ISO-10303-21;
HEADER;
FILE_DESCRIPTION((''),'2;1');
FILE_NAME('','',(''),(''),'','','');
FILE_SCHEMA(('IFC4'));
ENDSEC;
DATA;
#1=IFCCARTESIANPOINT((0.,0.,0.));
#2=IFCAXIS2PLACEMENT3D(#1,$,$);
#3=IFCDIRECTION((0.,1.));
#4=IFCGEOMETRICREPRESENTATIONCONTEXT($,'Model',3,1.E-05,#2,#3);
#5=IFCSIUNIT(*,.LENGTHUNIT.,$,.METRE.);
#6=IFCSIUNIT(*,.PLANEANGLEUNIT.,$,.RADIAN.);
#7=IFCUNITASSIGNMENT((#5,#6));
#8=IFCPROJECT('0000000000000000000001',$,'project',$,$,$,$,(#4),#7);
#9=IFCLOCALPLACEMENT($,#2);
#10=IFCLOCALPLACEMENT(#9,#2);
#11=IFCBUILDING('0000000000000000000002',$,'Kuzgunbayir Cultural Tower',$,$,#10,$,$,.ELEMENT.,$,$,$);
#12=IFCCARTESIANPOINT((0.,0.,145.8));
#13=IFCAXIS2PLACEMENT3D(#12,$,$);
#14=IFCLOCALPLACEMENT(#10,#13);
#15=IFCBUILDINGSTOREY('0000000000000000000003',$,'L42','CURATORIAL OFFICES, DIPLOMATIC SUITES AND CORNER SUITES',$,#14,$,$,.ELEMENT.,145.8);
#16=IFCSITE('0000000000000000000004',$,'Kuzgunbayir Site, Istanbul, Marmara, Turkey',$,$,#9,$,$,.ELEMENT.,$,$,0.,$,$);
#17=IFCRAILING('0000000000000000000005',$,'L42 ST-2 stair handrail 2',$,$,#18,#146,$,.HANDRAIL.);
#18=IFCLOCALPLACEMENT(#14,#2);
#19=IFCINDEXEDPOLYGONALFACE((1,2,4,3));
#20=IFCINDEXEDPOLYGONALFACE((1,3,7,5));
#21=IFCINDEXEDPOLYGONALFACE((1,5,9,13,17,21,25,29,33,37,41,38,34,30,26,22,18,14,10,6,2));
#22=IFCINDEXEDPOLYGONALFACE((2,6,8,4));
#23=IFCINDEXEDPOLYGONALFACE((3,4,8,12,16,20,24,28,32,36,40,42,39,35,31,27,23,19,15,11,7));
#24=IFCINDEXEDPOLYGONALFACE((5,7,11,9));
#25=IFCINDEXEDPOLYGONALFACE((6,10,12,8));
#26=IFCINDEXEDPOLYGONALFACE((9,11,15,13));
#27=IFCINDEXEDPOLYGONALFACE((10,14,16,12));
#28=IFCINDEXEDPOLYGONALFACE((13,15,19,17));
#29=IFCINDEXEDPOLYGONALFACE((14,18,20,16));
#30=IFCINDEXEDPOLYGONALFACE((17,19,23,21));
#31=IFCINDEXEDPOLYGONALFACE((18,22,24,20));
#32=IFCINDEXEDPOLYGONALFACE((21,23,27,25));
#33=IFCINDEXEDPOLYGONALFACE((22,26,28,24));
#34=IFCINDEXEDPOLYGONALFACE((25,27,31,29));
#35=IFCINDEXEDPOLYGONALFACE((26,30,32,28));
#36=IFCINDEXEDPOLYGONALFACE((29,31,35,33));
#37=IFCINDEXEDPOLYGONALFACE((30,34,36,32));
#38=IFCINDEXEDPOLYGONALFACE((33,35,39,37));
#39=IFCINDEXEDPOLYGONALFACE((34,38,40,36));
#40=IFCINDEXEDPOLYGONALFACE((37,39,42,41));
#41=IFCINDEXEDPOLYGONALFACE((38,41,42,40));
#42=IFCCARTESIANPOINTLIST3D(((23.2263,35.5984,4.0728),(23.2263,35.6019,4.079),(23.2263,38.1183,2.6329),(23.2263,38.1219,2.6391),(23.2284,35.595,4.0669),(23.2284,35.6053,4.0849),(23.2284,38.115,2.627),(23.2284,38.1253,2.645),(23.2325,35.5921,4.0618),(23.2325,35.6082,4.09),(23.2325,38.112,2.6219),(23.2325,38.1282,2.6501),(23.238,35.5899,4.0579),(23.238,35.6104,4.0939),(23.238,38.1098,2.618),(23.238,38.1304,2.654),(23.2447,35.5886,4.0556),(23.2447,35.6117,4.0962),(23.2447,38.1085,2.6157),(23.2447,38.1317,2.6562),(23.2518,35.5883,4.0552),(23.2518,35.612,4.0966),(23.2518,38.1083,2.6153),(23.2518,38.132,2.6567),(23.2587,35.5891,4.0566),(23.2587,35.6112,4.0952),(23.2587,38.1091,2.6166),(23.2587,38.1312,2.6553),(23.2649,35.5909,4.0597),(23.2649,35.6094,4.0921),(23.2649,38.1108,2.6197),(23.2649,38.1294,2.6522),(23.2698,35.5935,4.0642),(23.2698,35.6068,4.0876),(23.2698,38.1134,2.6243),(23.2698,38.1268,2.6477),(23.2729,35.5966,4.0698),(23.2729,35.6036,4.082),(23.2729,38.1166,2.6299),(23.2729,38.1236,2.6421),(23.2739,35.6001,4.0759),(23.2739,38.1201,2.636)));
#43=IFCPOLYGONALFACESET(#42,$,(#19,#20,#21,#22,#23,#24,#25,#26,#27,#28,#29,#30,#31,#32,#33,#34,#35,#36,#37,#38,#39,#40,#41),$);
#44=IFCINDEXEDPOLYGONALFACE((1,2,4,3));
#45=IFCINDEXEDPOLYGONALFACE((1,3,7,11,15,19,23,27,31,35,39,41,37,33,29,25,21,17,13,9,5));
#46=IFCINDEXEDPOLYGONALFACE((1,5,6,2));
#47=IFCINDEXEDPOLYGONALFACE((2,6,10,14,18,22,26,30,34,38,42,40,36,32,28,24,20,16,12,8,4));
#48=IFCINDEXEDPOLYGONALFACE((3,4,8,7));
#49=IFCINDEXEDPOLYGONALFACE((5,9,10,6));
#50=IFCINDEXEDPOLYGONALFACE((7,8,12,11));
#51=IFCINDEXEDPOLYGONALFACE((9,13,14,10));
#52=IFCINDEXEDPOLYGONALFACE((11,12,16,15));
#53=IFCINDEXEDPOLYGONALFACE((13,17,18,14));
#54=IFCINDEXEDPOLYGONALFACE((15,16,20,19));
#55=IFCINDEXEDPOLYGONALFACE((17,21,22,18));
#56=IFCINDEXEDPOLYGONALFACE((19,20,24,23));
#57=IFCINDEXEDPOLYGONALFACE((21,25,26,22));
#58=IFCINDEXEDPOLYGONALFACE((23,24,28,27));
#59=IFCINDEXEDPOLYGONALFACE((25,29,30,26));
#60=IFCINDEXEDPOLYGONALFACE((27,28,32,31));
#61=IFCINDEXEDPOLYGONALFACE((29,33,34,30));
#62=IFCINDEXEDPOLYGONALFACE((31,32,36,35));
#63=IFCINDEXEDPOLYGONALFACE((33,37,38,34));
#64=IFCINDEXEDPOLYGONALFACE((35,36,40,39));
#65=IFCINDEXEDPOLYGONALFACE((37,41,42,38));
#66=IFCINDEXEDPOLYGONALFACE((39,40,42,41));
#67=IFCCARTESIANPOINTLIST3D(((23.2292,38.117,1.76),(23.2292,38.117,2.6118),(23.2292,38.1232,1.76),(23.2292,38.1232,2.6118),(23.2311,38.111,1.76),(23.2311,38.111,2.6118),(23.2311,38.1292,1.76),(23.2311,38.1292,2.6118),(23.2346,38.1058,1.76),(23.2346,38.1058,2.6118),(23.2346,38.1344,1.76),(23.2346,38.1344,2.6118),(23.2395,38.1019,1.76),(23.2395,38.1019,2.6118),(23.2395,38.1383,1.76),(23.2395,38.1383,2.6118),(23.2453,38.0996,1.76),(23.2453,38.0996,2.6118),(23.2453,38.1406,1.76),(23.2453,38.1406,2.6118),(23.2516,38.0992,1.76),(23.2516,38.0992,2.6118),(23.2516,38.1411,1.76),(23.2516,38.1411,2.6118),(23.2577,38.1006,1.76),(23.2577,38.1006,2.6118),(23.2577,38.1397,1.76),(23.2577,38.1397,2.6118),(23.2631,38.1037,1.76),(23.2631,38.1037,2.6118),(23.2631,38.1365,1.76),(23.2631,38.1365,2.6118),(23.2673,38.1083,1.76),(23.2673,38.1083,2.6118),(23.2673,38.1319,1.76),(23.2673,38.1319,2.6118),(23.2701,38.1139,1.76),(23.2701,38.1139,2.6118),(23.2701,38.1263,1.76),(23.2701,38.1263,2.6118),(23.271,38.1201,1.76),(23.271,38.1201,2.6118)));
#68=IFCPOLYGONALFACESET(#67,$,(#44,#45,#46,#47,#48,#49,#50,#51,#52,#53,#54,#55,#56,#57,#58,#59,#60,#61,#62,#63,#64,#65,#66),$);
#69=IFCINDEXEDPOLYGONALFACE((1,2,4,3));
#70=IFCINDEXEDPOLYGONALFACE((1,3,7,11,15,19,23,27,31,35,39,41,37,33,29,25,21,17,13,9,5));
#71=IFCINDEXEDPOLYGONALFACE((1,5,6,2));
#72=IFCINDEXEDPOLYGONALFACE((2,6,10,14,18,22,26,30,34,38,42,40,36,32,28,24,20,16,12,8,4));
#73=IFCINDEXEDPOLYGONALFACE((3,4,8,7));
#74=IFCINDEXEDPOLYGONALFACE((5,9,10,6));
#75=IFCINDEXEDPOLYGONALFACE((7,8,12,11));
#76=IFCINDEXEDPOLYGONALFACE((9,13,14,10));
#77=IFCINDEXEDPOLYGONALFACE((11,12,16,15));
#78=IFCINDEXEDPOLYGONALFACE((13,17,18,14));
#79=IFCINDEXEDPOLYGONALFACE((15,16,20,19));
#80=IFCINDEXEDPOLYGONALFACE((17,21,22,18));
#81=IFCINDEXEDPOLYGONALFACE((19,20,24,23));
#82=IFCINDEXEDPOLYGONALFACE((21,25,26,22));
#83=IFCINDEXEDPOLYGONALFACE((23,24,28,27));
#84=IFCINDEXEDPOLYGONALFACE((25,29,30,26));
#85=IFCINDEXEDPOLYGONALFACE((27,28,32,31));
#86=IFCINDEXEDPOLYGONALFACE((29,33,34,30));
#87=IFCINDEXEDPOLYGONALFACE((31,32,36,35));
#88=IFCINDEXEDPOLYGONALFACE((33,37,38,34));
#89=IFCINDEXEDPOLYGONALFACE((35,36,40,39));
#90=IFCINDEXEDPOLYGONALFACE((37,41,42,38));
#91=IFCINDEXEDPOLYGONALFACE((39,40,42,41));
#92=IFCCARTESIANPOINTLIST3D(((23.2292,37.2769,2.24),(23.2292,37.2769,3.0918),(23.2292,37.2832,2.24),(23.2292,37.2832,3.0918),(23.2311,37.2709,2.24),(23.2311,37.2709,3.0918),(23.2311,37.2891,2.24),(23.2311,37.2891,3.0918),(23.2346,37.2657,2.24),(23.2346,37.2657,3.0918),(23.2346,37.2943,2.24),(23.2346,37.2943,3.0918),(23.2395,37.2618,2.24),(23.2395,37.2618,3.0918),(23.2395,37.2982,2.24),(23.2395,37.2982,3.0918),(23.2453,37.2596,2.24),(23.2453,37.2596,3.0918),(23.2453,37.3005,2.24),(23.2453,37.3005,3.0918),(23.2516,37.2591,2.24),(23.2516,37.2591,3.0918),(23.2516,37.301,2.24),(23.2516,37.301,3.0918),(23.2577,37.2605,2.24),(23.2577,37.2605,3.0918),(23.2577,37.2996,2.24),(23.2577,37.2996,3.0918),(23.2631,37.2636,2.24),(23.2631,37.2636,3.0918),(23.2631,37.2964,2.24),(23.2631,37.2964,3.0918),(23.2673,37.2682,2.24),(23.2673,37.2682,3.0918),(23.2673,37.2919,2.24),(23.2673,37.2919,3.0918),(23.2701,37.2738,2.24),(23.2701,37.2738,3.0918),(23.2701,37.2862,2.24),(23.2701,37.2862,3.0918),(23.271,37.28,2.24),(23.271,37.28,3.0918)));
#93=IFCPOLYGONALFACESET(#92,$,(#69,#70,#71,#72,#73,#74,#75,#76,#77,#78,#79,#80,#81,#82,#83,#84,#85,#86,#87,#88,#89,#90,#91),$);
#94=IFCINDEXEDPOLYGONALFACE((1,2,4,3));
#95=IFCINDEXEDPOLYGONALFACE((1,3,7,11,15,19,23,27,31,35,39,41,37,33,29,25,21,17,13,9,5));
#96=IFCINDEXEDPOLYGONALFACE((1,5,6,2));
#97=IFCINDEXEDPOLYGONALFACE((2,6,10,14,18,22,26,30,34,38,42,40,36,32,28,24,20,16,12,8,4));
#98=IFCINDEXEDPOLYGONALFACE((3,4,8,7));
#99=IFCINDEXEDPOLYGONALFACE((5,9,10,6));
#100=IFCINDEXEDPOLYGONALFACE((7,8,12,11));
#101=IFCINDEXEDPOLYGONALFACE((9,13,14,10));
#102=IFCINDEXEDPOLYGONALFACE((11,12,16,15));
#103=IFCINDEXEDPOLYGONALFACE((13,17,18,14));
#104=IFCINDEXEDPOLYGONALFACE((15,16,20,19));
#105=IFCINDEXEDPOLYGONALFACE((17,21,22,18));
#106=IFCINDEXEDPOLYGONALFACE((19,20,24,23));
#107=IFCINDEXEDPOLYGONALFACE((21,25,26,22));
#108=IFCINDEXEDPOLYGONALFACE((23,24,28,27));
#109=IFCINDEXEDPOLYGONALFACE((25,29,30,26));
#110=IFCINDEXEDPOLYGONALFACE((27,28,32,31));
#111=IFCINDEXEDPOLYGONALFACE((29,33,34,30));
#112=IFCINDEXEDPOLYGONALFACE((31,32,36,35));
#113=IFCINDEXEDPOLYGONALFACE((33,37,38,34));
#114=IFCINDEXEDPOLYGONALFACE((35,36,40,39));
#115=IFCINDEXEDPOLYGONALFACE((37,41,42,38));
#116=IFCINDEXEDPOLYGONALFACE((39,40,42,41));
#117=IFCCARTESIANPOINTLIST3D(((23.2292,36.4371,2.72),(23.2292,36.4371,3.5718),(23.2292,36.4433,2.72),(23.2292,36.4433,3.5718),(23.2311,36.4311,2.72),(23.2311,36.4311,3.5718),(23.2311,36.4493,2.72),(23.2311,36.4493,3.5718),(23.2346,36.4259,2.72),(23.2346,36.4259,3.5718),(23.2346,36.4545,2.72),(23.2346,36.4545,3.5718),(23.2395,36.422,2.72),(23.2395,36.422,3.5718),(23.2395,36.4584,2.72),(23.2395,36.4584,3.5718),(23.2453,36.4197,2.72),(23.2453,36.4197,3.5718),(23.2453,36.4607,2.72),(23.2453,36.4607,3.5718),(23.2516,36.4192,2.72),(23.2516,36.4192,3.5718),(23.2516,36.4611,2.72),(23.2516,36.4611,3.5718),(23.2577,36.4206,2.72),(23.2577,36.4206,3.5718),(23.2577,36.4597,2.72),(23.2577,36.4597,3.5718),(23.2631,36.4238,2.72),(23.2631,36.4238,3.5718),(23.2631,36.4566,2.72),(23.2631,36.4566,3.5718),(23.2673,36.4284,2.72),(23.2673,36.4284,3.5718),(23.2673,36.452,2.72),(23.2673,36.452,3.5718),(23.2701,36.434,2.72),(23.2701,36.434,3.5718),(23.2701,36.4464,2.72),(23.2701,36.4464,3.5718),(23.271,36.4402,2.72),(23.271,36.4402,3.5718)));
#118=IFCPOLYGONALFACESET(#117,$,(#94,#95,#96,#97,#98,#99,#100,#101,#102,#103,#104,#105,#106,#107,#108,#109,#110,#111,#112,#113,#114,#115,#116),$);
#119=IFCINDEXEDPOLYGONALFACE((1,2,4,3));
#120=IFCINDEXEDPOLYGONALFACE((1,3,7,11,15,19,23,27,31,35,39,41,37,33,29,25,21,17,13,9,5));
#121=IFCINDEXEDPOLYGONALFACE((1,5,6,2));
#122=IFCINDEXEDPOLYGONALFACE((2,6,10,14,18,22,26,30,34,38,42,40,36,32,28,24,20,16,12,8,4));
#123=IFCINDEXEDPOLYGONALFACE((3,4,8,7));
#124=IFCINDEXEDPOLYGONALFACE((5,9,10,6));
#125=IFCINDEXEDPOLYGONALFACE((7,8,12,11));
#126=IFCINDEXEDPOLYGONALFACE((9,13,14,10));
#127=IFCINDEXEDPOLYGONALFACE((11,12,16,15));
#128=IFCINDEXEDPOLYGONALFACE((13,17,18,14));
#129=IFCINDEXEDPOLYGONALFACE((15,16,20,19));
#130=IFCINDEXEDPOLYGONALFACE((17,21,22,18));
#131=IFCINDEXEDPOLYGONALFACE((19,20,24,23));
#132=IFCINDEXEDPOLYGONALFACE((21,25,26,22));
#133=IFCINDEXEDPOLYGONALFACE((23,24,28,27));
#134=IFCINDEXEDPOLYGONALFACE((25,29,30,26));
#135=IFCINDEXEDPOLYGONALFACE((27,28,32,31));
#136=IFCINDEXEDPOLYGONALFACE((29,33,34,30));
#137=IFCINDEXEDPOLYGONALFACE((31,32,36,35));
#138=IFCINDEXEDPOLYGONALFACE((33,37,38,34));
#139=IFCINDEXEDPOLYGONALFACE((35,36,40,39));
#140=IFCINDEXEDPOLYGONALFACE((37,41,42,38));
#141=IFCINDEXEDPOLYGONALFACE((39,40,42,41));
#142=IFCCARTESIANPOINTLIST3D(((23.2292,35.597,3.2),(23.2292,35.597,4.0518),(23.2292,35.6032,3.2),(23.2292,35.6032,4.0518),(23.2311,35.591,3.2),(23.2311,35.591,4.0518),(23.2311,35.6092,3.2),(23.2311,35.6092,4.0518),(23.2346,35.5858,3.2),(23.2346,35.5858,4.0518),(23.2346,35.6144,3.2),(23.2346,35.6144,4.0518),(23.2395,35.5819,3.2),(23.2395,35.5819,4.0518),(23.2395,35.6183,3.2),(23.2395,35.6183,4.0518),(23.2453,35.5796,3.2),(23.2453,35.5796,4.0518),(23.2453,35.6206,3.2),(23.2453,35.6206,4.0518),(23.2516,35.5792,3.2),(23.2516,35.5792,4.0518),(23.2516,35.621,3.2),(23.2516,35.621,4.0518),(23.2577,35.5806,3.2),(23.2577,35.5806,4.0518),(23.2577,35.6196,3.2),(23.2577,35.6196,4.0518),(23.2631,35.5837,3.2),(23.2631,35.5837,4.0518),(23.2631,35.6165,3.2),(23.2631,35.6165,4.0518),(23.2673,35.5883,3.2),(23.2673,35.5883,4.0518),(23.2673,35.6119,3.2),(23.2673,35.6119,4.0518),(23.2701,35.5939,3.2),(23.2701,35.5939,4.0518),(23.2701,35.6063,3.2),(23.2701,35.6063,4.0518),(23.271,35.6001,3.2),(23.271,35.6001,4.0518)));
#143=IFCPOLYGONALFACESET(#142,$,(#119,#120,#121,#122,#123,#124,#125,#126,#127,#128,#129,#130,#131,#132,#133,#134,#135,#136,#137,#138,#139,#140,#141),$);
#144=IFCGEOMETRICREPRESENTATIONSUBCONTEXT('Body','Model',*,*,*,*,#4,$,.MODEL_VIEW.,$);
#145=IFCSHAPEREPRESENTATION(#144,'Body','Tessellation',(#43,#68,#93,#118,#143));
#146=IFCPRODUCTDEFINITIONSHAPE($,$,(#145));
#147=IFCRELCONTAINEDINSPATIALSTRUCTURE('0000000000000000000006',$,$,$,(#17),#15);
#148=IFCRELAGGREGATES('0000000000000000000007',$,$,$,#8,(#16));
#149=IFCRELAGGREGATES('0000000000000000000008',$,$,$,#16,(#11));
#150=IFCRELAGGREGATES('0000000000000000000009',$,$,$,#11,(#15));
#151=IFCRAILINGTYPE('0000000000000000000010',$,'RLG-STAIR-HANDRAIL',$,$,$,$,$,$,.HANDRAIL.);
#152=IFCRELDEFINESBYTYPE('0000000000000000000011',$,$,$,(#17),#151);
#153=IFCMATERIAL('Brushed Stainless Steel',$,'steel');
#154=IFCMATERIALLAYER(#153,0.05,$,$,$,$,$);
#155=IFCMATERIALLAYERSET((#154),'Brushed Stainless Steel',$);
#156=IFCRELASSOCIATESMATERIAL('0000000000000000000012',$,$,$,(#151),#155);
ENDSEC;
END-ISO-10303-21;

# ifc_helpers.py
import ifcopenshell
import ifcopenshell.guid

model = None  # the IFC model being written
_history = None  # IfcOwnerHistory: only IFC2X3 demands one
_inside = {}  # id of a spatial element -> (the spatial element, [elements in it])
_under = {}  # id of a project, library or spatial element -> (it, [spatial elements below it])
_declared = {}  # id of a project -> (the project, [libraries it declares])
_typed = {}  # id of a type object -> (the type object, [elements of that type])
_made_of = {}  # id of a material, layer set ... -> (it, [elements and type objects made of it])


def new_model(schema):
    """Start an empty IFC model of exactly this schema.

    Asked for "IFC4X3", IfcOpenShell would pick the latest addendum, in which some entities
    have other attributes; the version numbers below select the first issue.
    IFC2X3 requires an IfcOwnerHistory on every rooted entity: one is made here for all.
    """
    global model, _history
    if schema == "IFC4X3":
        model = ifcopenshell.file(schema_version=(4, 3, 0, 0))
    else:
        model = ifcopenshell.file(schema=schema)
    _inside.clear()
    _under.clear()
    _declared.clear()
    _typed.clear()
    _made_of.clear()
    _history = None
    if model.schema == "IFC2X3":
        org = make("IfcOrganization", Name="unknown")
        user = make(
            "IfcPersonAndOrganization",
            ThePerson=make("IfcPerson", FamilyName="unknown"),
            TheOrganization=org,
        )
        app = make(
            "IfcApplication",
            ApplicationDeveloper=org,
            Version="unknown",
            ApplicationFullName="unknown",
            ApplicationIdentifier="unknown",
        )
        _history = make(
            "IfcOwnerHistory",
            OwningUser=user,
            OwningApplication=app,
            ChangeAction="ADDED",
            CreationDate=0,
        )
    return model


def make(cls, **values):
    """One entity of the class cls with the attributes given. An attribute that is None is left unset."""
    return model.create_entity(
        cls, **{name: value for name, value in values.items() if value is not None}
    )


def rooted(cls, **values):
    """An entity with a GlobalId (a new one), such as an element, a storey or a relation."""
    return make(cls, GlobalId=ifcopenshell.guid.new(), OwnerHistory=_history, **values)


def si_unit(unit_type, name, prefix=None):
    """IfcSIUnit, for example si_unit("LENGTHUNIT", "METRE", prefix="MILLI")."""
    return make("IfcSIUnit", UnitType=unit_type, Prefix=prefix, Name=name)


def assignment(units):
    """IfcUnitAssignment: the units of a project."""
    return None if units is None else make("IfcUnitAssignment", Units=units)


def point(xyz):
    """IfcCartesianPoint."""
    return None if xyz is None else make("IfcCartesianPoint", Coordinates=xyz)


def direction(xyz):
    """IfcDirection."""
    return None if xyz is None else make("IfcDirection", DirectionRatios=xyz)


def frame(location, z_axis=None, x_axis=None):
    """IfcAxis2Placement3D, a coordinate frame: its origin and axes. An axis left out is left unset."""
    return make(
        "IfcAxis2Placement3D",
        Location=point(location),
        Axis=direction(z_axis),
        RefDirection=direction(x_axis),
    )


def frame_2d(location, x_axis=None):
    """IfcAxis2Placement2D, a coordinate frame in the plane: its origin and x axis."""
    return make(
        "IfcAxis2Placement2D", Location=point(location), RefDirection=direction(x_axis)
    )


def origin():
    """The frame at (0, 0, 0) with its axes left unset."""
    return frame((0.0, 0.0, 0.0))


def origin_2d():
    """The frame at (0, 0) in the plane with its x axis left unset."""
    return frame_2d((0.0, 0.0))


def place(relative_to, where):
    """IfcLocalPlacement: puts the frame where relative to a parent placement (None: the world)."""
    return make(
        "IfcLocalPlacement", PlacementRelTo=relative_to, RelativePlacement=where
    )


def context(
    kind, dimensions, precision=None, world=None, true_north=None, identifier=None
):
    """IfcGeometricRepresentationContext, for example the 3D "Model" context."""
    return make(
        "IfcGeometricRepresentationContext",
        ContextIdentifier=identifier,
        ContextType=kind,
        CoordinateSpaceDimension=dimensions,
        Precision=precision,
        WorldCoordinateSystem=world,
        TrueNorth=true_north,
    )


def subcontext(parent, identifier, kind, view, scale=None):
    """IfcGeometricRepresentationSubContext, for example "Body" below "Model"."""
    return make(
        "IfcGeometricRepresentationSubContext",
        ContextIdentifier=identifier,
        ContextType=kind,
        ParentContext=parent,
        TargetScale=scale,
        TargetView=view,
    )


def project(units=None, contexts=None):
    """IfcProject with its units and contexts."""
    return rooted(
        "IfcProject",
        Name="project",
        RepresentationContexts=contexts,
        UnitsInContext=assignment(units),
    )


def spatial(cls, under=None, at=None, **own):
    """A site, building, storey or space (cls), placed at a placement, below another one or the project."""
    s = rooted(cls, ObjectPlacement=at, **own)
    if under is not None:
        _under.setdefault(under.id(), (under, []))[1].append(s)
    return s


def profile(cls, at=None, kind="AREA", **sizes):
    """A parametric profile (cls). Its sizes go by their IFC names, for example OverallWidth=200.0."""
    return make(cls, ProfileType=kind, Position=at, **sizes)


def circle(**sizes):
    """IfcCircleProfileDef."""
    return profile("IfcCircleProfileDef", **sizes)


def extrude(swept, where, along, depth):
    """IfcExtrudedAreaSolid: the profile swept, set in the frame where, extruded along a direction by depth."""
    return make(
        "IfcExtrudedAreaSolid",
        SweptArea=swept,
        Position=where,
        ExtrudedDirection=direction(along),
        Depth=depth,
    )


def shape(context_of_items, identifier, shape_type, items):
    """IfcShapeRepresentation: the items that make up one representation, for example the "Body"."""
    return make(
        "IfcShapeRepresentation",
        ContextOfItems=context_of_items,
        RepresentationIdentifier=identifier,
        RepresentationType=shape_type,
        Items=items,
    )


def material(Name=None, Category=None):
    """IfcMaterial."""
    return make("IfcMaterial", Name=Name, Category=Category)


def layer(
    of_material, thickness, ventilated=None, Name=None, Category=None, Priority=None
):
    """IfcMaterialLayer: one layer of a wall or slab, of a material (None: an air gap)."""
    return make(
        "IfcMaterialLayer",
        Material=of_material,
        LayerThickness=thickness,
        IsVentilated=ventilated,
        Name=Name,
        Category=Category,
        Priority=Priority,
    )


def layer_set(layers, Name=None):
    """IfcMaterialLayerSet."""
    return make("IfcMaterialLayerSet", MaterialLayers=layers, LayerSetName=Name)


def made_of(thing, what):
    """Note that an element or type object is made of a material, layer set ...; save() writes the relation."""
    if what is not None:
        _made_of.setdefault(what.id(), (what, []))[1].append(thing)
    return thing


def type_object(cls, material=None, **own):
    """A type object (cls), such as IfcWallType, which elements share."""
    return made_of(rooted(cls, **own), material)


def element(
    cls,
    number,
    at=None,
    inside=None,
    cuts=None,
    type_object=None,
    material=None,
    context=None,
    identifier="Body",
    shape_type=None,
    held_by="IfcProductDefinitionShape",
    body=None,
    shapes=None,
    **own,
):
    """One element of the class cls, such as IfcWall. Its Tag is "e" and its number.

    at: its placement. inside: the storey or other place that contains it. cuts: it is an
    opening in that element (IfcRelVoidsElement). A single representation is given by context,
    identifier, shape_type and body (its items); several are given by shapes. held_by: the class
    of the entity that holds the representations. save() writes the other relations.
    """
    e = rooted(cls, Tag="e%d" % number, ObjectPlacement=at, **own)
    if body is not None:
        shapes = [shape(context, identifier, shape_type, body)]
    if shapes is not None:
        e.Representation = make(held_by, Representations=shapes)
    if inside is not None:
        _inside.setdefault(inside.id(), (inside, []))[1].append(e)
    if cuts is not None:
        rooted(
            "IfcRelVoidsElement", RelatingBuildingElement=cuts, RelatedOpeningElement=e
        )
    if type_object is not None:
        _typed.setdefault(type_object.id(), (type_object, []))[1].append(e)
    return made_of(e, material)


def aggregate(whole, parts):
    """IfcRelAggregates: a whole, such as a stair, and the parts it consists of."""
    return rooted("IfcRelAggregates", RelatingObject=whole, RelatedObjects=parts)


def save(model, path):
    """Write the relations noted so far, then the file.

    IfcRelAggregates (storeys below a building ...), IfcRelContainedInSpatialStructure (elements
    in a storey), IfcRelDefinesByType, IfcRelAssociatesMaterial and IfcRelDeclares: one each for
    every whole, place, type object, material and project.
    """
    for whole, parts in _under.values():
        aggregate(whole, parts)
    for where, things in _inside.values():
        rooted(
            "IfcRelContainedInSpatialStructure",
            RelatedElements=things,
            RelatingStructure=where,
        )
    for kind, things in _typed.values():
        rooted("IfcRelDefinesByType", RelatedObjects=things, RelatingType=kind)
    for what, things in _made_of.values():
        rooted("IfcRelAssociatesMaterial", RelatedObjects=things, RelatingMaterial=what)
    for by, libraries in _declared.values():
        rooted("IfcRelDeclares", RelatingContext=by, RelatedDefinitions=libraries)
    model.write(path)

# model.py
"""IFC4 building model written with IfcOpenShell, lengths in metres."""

from ifc_helpers import new_model, si_unit, direction, frame, origin, origin_2d, place, context, subcontext, project, spatial, circle, extrude, material, layer, layer_set, type_object, element, save


model = new_model("IFC4")

# Units and contexts
model_context = context("Model", 3, precision=1e-05, world=origin(), true_north=direction((0.0, 1.0)))
body_context = subcontext(model_context, "Body", "Model", "MODEL_VIEW")
ifc_project = project(units=[si_unit("LENGTHUNIT", "METRE"), si_unit("PLANEANGLEUNIT", "RADIAN")], contexts=[model_context])

# Site, building, storey
site_placement = place(None, origin())
site = spatial("IfcSite", under=ifc_project, at=site_placement, Name="Kuzgunbayir Site, Istanbul, Marmara, Turkey", CompositionType="ELEMENT", RefElevation=0.0)
building_placement = place(site_placement, origin())
building = spatial("IfcBuilding", under=site, at=building_placement, Name="Kuzgunbayir Cultural Tower", CompositionType="ELEMENT")
storey_placement = place(building_placement, frame((0.0, 0.0, 145.8)))
storey = spatial("IfcBuildingStorey", under=building, at=storey_placement, Name="L42", Description="CURATORIAL OFFICES, DIPLOMATIC SUITES AND CORNER SUITES", CompositionType="ELEMENT", Elevation=145.8)

# Shared definitions
ifc_material_1 = material(Name="Brushed Stainless Steel", Category="steel")

# Railing
ifc_layer_1 = layer(ifc_material_1, 0.05)
ifc_layer_set_1 = layer_set([ifc_layer_1], Name="Brushed Stainless Steel")
railing_type_1 = type_object("IfcRailingType", Name="RLG-STAIR-HANDRAIL", PredefinedType="HANDRAIL", material=ifc_layer_set_1)
railing_1_placement = place(storey_placement, frame((23.25, 38.1201, 1.76)))
element("IfcRailing", 1, at=railing_1_placement, inside=storey, type_object=railing_type_1, Name="L42 ST-2 stair handrail 2", PredefinedType="HANDRAIL", context=body_context, shape_type="SweptSolid", body=[
    extrude(circle(Radius=0.0239, at=origin_2d()), frame((0.0, 0.0, 0.876), z_axis=(0.0, -0.868253, 0.496121), x_axis=(1.0, 0.0, 0.0)), (0.0, 0.0, 1.0), 2.9023),
    extrude(circle(Radius=0.021, at=origin_2d()), origin(), (0.0, 0.0, 1.0), 0.8518),
    extrude(circle(Radius=0.021, at=origin_2d()), frame((0.0, -0.8401, 0.48)), (0.0, 0.0, 1.0), 0.8518),
    extrude(circle(Radius=0.021, at=origin_2d()), frame((0.0, -1.6799, 0.96)), (0.0, 0.0, 1.0), 0.8518),
    extrude(circle(Radius=0.021, at=origin_2d()), frame((0.0, -2.52, 1.4399)), (0.0, 0.0, 1.0), 0.8518),
])

save(model, "model.ifc")
